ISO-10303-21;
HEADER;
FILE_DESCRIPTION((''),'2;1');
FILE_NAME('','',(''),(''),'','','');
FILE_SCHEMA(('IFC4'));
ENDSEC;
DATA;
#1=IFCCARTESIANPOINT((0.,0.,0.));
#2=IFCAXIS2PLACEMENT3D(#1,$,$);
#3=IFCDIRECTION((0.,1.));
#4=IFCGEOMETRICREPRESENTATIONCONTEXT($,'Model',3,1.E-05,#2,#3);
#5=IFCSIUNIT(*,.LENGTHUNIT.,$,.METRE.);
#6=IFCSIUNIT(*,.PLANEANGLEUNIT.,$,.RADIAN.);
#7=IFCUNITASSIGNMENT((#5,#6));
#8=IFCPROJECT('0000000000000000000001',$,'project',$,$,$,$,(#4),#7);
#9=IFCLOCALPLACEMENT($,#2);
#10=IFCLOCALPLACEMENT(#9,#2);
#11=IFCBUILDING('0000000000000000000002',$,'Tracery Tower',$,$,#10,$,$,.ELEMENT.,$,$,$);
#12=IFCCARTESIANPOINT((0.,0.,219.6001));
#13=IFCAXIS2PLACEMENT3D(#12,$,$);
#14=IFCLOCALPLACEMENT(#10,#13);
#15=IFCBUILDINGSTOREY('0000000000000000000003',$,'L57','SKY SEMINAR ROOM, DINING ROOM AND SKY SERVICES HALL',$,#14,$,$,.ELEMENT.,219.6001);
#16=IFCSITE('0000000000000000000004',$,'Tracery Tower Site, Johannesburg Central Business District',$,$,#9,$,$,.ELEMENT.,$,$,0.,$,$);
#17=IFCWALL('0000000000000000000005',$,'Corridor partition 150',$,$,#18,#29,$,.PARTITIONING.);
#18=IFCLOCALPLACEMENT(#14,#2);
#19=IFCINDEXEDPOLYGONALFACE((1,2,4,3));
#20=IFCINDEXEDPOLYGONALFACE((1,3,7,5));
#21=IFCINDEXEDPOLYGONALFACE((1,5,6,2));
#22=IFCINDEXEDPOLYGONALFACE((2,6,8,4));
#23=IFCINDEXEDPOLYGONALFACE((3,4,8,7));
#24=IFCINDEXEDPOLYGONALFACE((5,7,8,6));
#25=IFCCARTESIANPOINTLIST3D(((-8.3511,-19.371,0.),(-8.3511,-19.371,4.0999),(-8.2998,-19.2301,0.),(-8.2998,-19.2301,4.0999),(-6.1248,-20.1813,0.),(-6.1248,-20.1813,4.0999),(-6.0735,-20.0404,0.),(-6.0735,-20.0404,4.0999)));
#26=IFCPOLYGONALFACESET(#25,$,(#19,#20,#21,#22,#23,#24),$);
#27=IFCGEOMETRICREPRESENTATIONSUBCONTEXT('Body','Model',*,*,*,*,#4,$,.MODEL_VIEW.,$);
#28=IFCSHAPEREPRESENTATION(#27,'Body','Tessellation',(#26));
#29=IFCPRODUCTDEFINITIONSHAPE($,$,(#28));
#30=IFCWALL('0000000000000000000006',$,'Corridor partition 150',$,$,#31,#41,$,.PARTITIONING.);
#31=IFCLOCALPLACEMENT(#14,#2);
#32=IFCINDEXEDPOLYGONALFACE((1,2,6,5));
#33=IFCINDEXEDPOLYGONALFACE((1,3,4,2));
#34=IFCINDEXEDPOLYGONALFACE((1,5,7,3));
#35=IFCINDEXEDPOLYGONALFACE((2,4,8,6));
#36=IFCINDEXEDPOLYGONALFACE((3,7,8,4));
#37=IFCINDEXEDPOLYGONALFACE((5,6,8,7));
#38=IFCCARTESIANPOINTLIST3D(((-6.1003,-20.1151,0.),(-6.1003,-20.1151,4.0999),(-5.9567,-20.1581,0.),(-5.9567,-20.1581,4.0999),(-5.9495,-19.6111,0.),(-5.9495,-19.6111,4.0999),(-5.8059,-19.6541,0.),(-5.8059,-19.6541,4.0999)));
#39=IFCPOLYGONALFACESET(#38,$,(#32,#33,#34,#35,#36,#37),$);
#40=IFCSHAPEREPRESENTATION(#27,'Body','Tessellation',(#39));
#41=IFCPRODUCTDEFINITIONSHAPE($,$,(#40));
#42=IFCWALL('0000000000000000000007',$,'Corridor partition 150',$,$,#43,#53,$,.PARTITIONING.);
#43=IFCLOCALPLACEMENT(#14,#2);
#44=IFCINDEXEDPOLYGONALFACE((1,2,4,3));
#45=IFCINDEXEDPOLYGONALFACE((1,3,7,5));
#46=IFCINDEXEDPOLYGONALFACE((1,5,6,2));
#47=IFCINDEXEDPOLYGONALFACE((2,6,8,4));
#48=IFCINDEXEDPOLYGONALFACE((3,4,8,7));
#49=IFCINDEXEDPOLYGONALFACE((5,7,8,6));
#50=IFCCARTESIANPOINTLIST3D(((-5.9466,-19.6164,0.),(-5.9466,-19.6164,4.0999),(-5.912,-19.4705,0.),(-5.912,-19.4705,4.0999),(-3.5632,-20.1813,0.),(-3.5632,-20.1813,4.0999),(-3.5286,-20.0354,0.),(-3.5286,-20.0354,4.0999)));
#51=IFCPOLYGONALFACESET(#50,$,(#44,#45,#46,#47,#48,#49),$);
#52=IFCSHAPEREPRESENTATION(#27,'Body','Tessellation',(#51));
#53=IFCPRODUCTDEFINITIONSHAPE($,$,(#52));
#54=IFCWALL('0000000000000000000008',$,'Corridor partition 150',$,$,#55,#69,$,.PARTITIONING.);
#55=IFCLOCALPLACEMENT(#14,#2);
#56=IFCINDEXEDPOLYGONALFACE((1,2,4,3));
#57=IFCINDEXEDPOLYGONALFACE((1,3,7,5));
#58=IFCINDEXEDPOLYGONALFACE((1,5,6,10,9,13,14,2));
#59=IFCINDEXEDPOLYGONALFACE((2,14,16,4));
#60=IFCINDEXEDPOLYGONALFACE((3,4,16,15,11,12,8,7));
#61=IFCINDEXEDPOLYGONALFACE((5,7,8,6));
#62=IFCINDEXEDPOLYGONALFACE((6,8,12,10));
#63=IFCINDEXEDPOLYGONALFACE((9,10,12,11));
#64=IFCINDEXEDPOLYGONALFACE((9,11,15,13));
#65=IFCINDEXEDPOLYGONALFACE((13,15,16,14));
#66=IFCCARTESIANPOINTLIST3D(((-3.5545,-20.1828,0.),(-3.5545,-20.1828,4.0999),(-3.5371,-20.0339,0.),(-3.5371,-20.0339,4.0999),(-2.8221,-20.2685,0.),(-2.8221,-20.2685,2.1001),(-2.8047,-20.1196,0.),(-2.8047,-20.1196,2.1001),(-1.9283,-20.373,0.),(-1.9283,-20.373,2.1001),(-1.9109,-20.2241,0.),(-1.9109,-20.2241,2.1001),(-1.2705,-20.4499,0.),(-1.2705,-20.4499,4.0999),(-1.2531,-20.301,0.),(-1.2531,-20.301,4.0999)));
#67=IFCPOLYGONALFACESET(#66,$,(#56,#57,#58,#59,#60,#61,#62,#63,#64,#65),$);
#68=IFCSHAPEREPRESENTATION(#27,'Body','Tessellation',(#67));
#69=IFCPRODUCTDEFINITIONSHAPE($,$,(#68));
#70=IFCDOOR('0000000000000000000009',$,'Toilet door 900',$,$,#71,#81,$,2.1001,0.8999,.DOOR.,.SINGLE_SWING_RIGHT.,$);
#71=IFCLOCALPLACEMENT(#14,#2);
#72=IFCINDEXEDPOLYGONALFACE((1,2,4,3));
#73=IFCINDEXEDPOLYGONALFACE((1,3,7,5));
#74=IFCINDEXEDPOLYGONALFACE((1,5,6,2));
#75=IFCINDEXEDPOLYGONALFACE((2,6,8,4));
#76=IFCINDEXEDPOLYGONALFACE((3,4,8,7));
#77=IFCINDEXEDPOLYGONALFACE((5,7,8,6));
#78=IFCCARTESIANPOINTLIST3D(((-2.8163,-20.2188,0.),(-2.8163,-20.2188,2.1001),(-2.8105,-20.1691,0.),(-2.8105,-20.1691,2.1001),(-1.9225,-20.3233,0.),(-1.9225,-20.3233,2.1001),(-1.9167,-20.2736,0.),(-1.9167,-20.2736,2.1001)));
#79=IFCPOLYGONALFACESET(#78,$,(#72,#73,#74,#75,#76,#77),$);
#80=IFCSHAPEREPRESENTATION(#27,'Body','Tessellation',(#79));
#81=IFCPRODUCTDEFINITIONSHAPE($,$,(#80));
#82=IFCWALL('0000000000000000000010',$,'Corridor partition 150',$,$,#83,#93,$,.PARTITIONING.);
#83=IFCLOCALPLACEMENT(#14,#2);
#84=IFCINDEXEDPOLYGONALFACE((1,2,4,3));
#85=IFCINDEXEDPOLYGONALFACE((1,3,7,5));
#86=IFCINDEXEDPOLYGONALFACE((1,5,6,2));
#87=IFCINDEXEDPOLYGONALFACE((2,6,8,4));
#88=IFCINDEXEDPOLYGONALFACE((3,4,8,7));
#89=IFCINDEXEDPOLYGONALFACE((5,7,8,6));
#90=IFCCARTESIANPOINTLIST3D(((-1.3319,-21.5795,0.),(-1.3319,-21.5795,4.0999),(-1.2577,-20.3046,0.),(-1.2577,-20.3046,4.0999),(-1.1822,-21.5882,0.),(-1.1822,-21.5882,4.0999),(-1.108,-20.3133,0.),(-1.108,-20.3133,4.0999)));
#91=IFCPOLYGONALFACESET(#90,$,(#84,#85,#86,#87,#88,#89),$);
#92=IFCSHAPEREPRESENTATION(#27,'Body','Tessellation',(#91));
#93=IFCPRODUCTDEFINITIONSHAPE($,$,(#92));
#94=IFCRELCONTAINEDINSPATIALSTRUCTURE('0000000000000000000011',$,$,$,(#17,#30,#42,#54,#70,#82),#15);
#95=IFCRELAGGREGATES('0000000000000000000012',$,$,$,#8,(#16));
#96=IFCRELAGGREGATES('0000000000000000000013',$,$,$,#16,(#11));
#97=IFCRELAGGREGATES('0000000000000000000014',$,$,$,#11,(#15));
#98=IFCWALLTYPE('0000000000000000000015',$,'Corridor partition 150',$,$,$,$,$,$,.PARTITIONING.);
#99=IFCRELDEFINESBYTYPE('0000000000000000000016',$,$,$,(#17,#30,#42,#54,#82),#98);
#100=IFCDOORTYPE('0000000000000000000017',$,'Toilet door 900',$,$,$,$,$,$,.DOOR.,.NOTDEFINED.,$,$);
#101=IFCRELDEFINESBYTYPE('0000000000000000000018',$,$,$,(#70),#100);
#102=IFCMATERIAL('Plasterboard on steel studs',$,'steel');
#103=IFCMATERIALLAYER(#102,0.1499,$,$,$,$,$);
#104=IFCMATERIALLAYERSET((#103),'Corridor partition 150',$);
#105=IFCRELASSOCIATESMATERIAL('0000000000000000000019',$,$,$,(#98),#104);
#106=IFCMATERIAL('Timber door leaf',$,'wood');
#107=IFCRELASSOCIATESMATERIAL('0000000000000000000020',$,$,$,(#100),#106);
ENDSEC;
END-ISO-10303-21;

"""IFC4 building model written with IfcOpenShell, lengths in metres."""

from ifc_helpers import new_model, si_unit, direction, frame, frame_2d, origin, place, context, subcontext, project, spatial, rectangle, extrude, material, layer, layer_set, type_object, element, fill, save


model = new_model("IFC4")

# Units and contexts
model_context = context("Model", 3, precision=1e-05, world=origin(), true_north=direction((0.0, 1.0)))
body_context = subcontext(model_context, "Body", "Model", "MODEL_VIEW")
ifc_project = project(units=[si_unit("LENGTHUNIT", "METRE"), si_unit("PLANEANGLEUNIT", "RADIAN")], contexts=[model_context])

# Site, building, storey
site_placement = place(None, origin())
site = spatial("IfcSite", under=ifc_project, at=site_placement, Name="Tracery Tower Site, Johannesburg Central Business District", CompositionType="ELEMENT", RefElevation=0.0)
building_placement = place(site_placement, origin())
building = spatial("IfcBuilding", under=site, at=building_placement, Name="Tracery Tower", CompositionType="ELEMENT")
storey_placement = place(building_placement, frame((0.0, 0.0, 219.6001)))
storey = spatial("IfcBuildingStorey", under=building, at=storey_placement, Name="L57", Description="SKY SEMINAR ROOM, DINING ROOM AND SKY SERVICES HALL", CompositionType="ELEMENT", Elevation=219.6001)

# Shared definitions
ifc_material_1 = material(Name="Plasterboard on steel studs", Category="steel")
ifc_layer_1 = layer(ifc_material_1, 0.1499)
ifc_layer_set_1 = layer_set([ifc_layer_1], Name="Corridor partition 150")
wall_type_1 = type_object("IfcWallType", Name="Corridor partition 150", PredefinedType="PARTITIONING", material=ifc_layer_set_1)
ifc_material_2 = material(Name="Timber door leaf", Category="wood")
door_type = type_object("IfcDoorType", Name="Toilet door 900", OperationType="NOTDEFINED", PredefinedType="DOOR", material=ifc_material_2)

# Walls
wall_1_placement = place(storey_placement, frame((-8.3254, -19.3005, 0.0), z_axis=(0.0, 0.0, 1.0), x_axis=(0.939694, -0.342016, 0.0)))
element("IfcWall", 1, at=wall_1_placement, inside=storey, type_object=wall_type_1, Name="Corridor partition 150", PredefinedType="PARTITIONING", context=body_context, shape_type="SweptSolid", body=[
    extrude(rectangle(XDim=2.3691, YDim=0.1499, at=frame_2d((1.1846, 0.0))), origin(), (0.0, 0.0, 1.0), 4.0999),
])
wall_2_placement = place(storey_placement, frame((-6.0286, -20.1367, 0.0), z_axis=(0.0, 0.0, 1.0), x_axis=(0.286709, 0.958018, 0.0)))
element("IfcWall", 2, at=wall_2_placement, inside=storey, type_object=wall_type_1, Name="Corridor partition 150", PredefinedType="PARTITIONING", context=body_context, shape_type="SweptSolid", body=[
    extrude(rectangle(XDim=0.5261, YDim=0.1499, at=frame_2d((0.2632, 0.0))), origin(), (0.0, 0.0, 1.0), 4.0999),
])
wall_3_placement = place(storey_placement, frame((-5.9292, -19.5435, 0.0), z_axis=(0.0, 0.0, 1.0), x_axis=(0.973042, -0.230628, 0.0)))
element("IfcWall", 3, at=wall_3_placement, inside=storey, type_object=wall_type_1, Name="Corridor partition 150", PredefinedType="PARTITIONING", context=body_context, shape_type="SweptSolid", body=[
    extrude(rectangle(XDim=2.4495, YDim=0.1499, at=frame_2d((1.2246, 0.0))), origin(), (0.0, 0.0, 1.0), 4.0999),
])

# Wall, opening, door
wall_4_placement = place(storey_placement, frame((-1.2617, -20.3755, 0.0), z_axis=(0.0, 0.0, 1.0), x_axis=(-0.993232, 0.116151, 0.0)))
wall_4 = element("IfcWall", 4, at=wall_4_placement, inside=storey, type_object=wall_type_1, Name="Corridor partition 150", PredefinedType="PARTITIONING", context=body_context, shape_type="SweptSolid", body=[
    extrude(rectangle(XDim=2.2996, YDim=0.1499, at=frame_2d((1.1499, 0.0))), origin(), (0.0, 0.0, 1.0), 4.0999),
])
opening_1_placement = place(wall_4_placement, frame((0.6624, 0.0, 0.0)))
opening_1 = element("IfcOpeningElement", 5, at=opening_1_placement, cuts=wall_4, PredefinedType="OPENING", context=body_context, shape_type="SweptSolid", body=[
    extrude(rectangle(XDim=0.8999, YDim=2.1001, at=frame_2d((0.45, 1.05))), frame((0.0, 0.075, 0.0), z_axis=(0.0, -1.0, 0.0), x_axis=(1.0, 0.0, 0.0)), (0.0, 0.0, 1.0), 0.1499),
])
door_1_placement = place(opening_1_placement, origin())
door_1 = element("IfcDoor", 6, at=door_1_placement, inside=storey, type_object=door_type, Name="Toilet door 900", OperationType="SINGLE_SWING_RIGHT", OverallHeight=2.1001, OverallWidth=0.8999, PredefinedType="DOOR", context=body_context, shape_type="SweptSolid", body=[
    extrude(rectangle(XDim=0.8999, YDim=2.1001, at=frame_2d((0.45, 1.05))), frame((0.0, 0.0249, 0.0), z_axis=(0.0, -1.0, 0.0), x_axis=(1.0, 0.0, 0.0)), (0.0, 0.0, 1.0), 0.05),
])
fill(opening_1, door_1)

# Wall
wall_5_placement = place(storey_placement, frame((-1.2571, -21.584, 0.0), z_axis=(0.0, 0.0, 1.0), x_axis=(0.058117, 0.99831, 0.0)))
element("IfcWall", 7, at=wall_5_placement, inside=storey, type_object=wall_type_1, Name="Corridor partition 150", PredefinedType="PARTITIONING", context=body_context, shape_type="SweptSolid", body=[
    extrude(rectangle(XDim=1.2771, YDim=0.1499, at=frame_2d((0.6387, 0.0))), origin(), (0.0, 0.0, 1.0), 4.0999),
])

save(model, "model.ifc")
